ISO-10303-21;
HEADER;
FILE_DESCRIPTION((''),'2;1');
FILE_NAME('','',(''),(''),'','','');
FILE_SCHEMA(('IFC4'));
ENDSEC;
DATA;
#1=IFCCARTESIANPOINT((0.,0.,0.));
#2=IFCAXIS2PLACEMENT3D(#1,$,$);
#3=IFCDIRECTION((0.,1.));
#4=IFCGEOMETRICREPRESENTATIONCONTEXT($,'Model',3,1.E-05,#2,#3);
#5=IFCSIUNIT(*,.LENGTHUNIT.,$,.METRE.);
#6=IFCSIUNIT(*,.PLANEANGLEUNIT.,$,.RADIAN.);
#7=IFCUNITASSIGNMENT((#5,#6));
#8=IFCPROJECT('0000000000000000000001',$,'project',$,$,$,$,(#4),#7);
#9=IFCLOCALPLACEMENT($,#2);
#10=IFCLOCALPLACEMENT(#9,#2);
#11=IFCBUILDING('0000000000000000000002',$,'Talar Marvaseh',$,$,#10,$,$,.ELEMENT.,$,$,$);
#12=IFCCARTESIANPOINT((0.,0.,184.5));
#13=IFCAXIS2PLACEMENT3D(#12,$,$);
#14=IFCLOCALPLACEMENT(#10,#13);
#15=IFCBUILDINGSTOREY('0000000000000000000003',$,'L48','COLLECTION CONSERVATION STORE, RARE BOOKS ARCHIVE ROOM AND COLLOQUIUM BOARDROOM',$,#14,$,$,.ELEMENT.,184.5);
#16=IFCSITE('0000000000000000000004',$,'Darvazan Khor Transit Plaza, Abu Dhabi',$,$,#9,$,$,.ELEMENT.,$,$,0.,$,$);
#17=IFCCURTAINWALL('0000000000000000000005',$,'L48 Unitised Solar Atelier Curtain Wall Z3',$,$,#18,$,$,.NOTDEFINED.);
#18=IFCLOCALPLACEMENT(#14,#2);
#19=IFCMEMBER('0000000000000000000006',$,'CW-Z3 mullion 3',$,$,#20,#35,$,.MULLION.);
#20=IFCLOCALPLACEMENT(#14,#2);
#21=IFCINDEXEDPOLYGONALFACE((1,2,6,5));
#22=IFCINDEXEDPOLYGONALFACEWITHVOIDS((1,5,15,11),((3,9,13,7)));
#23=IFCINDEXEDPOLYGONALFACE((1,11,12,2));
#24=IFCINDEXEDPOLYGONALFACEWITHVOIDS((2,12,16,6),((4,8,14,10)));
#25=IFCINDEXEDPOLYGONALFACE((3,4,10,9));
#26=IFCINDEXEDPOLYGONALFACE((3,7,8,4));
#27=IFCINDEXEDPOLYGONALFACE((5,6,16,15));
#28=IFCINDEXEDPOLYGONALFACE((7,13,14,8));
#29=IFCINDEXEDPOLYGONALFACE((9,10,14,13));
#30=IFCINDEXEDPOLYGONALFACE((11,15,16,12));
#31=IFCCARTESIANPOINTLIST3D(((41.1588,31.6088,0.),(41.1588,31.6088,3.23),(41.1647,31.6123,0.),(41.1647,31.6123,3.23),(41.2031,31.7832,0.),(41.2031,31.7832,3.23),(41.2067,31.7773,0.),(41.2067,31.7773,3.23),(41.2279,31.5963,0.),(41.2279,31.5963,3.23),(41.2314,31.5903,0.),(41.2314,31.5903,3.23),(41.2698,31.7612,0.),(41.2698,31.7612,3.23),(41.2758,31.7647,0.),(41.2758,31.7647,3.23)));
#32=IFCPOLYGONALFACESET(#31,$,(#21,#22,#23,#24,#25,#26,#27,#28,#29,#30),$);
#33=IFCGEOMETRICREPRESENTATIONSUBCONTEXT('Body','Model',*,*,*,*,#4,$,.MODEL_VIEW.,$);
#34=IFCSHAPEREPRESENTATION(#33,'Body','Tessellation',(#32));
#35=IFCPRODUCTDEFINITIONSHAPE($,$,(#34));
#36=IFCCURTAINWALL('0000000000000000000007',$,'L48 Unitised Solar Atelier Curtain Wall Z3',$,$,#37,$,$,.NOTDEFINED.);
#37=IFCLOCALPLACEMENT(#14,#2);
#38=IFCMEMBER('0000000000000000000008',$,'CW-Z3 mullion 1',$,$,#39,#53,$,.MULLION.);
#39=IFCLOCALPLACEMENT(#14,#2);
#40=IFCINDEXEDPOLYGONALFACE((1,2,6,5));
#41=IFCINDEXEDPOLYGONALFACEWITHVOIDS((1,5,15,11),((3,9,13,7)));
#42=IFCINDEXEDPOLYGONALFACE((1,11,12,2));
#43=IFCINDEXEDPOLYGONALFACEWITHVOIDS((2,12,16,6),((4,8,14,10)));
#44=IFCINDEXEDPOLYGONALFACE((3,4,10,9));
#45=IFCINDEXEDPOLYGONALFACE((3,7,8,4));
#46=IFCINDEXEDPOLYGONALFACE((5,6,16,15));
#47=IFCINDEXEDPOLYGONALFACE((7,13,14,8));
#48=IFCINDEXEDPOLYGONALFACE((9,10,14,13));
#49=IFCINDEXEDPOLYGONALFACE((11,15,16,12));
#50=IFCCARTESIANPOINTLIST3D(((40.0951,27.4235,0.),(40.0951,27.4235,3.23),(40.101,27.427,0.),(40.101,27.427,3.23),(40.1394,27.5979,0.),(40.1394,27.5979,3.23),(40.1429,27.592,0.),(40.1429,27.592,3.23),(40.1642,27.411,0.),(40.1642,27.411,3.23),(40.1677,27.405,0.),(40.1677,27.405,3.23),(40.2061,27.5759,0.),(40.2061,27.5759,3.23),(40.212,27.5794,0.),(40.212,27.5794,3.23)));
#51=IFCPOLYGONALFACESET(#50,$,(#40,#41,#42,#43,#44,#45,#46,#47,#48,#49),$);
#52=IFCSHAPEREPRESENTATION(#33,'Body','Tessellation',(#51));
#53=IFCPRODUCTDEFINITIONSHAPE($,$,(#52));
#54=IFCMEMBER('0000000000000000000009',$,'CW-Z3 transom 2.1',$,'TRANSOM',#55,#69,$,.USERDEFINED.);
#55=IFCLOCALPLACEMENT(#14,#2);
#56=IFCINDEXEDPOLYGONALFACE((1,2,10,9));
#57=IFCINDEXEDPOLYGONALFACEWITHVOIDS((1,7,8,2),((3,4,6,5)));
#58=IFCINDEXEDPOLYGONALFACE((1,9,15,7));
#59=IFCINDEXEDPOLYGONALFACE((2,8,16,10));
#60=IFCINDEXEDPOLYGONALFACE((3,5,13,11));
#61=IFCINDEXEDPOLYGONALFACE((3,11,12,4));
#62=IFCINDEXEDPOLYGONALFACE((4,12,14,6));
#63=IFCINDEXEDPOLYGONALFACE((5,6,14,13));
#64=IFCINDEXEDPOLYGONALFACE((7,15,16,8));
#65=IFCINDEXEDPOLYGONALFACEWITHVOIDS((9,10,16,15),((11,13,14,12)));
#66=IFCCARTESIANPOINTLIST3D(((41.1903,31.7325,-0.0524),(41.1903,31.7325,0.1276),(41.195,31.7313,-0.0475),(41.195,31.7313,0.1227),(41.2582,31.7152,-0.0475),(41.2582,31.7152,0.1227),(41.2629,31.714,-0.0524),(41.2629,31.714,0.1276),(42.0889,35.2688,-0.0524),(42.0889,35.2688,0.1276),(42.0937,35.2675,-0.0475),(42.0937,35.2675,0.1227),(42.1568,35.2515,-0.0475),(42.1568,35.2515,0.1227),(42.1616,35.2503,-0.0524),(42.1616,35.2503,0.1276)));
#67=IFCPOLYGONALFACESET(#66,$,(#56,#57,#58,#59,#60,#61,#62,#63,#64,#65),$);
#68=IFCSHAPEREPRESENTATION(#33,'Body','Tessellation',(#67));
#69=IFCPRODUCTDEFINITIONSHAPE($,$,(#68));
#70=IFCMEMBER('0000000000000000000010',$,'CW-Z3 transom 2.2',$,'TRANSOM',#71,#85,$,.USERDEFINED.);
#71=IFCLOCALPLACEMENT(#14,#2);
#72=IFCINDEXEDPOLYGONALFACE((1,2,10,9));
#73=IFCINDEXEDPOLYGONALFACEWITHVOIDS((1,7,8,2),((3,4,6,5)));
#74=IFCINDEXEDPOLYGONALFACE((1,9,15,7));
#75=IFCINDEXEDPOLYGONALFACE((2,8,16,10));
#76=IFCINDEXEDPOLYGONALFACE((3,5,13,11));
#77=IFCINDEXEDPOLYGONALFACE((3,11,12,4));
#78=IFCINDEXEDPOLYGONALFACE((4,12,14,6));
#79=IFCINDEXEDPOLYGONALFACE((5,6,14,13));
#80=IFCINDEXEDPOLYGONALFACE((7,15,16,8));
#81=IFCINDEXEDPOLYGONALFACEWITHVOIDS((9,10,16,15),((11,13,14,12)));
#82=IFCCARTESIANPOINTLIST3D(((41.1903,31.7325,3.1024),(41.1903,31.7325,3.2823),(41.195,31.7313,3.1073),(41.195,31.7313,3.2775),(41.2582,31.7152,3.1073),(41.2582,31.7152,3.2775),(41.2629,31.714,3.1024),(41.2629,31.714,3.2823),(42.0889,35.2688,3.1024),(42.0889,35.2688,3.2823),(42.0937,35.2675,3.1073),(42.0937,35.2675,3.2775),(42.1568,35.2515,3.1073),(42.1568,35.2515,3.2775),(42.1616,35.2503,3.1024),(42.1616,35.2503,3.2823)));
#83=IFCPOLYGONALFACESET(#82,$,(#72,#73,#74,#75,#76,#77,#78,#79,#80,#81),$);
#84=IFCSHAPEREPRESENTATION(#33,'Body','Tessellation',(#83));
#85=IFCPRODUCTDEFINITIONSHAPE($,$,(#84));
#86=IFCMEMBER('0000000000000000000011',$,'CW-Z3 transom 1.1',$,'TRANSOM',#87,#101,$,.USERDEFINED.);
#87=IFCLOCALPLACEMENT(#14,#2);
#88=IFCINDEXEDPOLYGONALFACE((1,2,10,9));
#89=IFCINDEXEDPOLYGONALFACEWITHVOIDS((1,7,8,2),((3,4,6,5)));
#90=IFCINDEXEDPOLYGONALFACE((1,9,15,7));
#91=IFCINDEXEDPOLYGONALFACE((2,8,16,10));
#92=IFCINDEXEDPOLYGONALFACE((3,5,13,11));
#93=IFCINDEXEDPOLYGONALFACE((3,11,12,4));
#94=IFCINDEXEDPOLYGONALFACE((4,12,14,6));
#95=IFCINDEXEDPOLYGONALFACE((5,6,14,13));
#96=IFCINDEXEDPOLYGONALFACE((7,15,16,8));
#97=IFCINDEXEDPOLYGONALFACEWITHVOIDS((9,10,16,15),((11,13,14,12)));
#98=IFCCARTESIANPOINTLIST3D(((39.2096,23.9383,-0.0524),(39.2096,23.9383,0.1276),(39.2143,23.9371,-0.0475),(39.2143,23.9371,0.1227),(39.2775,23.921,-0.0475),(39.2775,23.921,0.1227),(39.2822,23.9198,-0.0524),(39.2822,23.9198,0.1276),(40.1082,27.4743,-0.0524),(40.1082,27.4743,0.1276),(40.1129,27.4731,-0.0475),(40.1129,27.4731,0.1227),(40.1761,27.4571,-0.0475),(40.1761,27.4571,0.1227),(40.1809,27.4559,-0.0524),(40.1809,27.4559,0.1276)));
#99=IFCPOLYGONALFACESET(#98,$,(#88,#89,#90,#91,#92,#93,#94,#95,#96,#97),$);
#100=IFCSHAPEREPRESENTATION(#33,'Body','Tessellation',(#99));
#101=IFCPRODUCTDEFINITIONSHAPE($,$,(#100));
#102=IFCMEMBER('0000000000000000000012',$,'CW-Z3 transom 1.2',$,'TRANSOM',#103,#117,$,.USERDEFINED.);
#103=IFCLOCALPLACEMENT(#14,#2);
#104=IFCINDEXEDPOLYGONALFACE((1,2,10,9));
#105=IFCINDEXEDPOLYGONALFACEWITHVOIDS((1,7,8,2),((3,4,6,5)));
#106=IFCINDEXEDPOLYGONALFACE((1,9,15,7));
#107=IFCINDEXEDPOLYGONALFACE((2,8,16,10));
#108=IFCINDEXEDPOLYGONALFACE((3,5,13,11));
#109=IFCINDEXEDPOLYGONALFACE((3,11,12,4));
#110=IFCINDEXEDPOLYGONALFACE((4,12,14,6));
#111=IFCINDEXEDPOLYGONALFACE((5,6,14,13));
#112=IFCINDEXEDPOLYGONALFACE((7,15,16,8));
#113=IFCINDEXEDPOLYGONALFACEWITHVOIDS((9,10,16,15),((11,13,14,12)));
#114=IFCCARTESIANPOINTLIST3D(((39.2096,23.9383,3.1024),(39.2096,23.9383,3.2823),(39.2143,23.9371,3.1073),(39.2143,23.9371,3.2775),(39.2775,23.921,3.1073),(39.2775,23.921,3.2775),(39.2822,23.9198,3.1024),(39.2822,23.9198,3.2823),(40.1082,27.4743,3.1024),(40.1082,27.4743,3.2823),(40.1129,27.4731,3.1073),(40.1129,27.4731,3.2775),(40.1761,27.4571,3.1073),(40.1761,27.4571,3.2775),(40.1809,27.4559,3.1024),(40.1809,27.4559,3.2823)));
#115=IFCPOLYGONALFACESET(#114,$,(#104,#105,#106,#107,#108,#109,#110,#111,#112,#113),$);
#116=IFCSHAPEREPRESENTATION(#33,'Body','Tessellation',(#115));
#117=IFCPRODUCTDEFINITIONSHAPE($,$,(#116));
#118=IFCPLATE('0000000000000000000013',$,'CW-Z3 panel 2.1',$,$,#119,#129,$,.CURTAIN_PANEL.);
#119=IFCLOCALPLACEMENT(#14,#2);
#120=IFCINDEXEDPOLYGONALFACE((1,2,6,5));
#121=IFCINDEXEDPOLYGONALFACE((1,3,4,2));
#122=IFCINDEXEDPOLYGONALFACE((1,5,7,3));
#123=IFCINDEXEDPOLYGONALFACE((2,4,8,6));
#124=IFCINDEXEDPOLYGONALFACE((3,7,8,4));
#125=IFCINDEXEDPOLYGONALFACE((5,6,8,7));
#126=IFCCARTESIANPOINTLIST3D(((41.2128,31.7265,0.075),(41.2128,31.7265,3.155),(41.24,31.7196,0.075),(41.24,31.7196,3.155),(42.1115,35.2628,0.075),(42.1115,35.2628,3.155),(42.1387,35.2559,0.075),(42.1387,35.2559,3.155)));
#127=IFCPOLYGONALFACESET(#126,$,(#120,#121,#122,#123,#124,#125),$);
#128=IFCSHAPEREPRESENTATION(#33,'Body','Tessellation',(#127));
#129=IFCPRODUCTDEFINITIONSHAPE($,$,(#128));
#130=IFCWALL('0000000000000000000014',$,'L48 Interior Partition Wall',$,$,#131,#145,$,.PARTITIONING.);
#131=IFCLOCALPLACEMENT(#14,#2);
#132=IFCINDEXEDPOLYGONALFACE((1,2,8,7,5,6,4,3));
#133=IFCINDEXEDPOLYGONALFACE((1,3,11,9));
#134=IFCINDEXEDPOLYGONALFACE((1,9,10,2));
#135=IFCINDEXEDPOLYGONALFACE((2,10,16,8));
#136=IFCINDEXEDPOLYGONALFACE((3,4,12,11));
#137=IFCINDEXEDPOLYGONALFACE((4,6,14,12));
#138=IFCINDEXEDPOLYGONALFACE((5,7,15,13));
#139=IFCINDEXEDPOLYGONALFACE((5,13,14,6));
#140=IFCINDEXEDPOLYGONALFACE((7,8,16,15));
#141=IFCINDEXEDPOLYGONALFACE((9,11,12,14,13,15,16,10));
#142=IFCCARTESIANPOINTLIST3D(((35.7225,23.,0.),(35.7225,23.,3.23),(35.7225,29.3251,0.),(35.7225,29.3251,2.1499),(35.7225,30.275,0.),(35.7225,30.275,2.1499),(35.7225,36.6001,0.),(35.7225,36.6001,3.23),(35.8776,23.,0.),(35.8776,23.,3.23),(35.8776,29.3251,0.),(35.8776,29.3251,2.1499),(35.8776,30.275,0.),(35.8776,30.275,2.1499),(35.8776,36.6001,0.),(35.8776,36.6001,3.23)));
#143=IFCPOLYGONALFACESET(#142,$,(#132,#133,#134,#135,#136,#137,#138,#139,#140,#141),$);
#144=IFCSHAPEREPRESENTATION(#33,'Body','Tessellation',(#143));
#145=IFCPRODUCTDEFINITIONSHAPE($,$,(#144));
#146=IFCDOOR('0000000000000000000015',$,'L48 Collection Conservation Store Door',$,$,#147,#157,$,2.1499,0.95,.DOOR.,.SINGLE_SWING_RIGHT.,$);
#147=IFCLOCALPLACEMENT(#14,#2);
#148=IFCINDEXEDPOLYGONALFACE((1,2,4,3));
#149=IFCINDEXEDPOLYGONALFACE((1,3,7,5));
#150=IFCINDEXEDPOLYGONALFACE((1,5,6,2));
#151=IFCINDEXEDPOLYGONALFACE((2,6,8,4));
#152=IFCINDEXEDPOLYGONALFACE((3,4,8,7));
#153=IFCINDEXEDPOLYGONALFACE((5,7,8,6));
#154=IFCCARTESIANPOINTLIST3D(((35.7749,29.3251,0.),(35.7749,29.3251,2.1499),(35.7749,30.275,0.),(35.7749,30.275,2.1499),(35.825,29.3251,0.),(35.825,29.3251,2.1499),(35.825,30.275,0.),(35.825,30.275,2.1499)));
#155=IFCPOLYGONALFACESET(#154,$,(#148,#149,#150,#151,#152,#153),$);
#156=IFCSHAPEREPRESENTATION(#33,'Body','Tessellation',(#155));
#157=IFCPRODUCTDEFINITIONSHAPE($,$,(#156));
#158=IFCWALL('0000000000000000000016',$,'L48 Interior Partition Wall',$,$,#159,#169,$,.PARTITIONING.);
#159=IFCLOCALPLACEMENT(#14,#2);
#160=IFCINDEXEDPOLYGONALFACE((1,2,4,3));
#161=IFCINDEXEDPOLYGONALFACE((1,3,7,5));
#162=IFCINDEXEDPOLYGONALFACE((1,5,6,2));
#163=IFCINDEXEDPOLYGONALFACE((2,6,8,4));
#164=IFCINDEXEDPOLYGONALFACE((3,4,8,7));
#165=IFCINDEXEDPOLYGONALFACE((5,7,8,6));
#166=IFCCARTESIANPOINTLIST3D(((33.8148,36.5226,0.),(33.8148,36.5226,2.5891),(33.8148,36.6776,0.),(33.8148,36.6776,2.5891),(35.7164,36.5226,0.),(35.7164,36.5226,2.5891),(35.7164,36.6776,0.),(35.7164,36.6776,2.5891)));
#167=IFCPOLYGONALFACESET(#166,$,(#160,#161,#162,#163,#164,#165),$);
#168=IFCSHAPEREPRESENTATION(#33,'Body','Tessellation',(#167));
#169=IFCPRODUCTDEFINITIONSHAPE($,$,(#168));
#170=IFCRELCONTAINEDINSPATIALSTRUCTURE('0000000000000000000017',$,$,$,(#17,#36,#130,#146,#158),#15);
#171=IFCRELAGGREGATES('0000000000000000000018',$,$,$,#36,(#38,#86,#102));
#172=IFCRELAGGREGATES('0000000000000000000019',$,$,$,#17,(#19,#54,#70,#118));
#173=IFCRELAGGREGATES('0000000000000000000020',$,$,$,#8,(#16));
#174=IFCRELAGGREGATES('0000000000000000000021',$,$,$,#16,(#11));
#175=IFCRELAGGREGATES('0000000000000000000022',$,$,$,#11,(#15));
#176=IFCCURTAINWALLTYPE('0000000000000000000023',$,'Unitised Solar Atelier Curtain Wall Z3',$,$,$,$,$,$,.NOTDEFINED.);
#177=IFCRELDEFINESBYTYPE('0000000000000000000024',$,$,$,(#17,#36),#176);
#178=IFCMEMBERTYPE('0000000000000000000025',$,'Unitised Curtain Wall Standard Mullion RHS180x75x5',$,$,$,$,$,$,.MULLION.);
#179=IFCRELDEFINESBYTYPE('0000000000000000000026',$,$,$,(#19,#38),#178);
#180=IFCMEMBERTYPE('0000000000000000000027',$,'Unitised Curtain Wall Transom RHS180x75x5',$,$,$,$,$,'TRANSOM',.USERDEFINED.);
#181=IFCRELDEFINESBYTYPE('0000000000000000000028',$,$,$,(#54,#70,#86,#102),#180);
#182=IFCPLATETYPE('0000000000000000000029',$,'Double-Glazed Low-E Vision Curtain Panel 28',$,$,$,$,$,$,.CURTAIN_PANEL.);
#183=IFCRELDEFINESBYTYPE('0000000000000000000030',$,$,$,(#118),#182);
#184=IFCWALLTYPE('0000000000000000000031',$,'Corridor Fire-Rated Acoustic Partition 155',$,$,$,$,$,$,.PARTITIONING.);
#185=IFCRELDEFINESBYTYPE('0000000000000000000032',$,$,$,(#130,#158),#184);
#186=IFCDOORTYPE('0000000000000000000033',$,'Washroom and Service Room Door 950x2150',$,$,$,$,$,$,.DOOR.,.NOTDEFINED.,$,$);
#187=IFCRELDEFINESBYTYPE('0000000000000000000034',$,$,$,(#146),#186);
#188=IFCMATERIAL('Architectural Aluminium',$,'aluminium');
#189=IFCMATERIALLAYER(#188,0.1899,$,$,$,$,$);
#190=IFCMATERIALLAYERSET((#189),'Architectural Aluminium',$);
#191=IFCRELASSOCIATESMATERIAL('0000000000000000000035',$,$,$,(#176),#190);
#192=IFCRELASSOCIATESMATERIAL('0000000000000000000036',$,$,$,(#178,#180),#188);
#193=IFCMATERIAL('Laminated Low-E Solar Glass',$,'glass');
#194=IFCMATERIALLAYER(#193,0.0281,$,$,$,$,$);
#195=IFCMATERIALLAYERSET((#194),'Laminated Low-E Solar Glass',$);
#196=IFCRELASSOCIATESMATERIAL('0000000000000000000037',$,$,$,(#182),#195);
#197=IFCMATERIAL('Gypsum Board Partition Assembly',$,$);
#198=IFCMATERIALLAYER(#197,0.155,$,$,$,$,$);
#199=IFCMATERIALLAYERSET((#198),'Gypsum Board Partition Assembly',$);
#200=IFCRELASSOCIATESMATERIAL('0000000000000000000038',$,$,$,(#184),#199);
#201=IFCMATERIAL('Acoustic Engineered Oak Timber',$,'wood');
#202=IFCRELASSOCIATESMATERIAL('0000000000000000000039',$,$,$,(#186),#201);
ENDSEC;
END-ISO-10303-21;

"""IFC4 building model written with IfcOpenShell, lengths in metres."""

from ifc_helpers import new_model, si_unit, direction, frame, frame_2d, origin, origin_2d, place, context, subcontext, project, spatial, rectangle, hollow_rectangle, extrude, source, transform, mapped, material, layer, layer_set, material_profile, profile_set, type_object, type_shapes, element, fill, aggregate, save


model = new_model("IFC4")

# Units and contexts
model_context = context("Model", 3, precision=1e-05, world=origin(), true_north=direction((0.0, 1.0)))
body_context = subcontext(model_context, "Body", "Model", "MODEL_VIEW")
ifc_project = project(units=[si_unit("LENGTHUNIT", "METRE"), si_unit("PLANEANGLEUNIT", "RADIAN")], contexts=[model_context])

# Site, building, storey
site_placement = place(None, origin())
site = spatial("IfcSite", under=ifc_project, at=site_placement, Name="Darvazan Khor Transit Plaza, Abu Dhabi", CompositionType="ELEMENT", RefElevation=0.0)
building_placement = place(site_placement, origin())
building = spatial("IfcBuilding", under=site, at=building_placement, Name="Talar Marvaseh", CompositionType="ELEMENT")
storey_placement = place(building_placement, frame((0.0, 0.0, 184.5)))
storey = spatial("IfcBuildingStorey", under=building, at=storey_placement, Name="L48", Description="COLLECTION CONSERVATION STORE, RARE BOOKS ARCHIVE ROOM AND COLLOQUIUM BOARDROOM", CompositionType="ELEMENT", Elevation=184.5)

# Curtain wall, member
ifc_material_1 = material(Name="Architectural Aluminium", Category="aluminium")
ifc_layer_1 = layer(ifc_material_1, 0.1899)
ifc_layer_set_1 = layer_set([ifc_layer_1], Name="Architectural Aluminium")
curtain_wall_type = type_object("IfcCurtainWallType", Name="Unitised Solar Atelier Curtain Wall Z3", PredefinedType="NOTDEFINED", material=ifc_layer_set_1)
curtain_wall_1_placement = place(storey_placement, origin())
curtain_wall_1 = element("IfcCurtainWall", 1, at=curtain_wall_1_placement, inside=storey, type_object=curtain_wall_type, Name="L48 Unitised Solar Atelier Curtain Wall Z3", PredefinedType="NOTDEFINED")
ifc_material_profile_1 = material_profile(ifc_material_1, hollow_rectangle(XDim=0.075, YDim=0.1799, WallThickness=0.0049, at=origin_2d()), Name="RHS180x75x5")
ifc_profile_set_1 = profile_set([ifc_material_profile_1], Name="Architectural Aluminium")
member_type_1 = type_object("IfcMemberType", Name="Unitised Curtain Wall Standard Mullion RHS180x75x5", PredefinedType="MULLION", material=ifc_profile_set_1)
shared_shape_1 = source(origin(), body_context, "Body", "SweptSolid", [
    extrude(hollow_rectangle(XDim=0.075, YDim=0.1799, WallThickness=0.0049, at=origin_2d()), origin(), (0.0, 0.0, 1.0), 3.23),
])
type_shapes(member_type_1, [shared_shape_1])
member_1_placement = place(storey_placement, frame((41.2173, 31.6868, 0.0), z_axis=(0.0, 0.0, 1.0), x_axis=(0.969192, -0.246306, 0.0)))
member_1 = element("IfcMember", 2, at=member_1_placement, type_object=member_type_1, Name="CW-Z3 mullion 3", PredefinedType="MULLION", context=body_context, shape_type="MappedRepresentation", body=[
    mapped(shared_shape_1, transform((0.0, 0.0, 0.0), x_axis=(1.0, 0.0, 0.0), y_axis=(0.0, 1.0, 0.0), z_axis=(0.0, 0.0, 1.0), scale=1.0)),
])

# Curtain wall, member
curtain_wall_2_placement = place(storey_placement, origin())
curtain_wall_2 = element("IfcCurtainWall", 3, at=curtain_wall_2_placement, inside=storey, type_object=curtain_wall_type, Name="L48 Unitised Solar Atelier Curtain Wall Z3", PredefinedType="NOTDEFINED")
member_2_placement = place(storey_placement, frame((40.1536, 27.5015, 0.0), z_axis=(0.0, 0.0, 1.0), x_axis=(0.969192, -0.246306, 0.0)))
member_2 = element("IfcMember", 4, at=member_2_placement, type_object=member_type_1, Name="CW-Z3 mullion 1", PredefinedType="MULLION", context=body_context, shape_type="MappedRepresentation", body=[
    mapped(shared_shape_1, transform((0.0, 0.0, 0.0), x_axis=(1.0, 0.0, 0.0), y_axis=(0.0, 1.0, 0.0), z_axis=(0.0, 0.0, 1.0), scale=1.0)),
])

# Members
ifc_material_profile_2 = material_profile(ifc_material_1, hollow_rectangle(XDim=0.075, YDim=0.1799, WallThickness=0.0049, at=origin_2d()), Name="RHS180x75x5")
ifc_profile_set_2 = profile_set([ifc_material_profile_2], Name="Architectural Aluminium")
member_type_2 = type_object("IfcMemberType", Name="Unitised Curtain Wall Transom RHS180x75x5", ElementType="TRANSOM", PredefinedType="USERDEFINED", material=ifc_profile_set_2)
shared_shape_2 = source(origin(), body_context, "Body", "SweptSolid", [
    extrude(hollow_rectangle(XDim=0.075, YDim=0.1799, WallThickness=0.0049, at=origin_2d()), origin(), (0.0, 0.0, 1.0), 3.6487),
])
member_3_placement = place(storey_placement, frame((42.1252, 35.2595, 0.0376), z_axis=(-0.246297, -0.969195, 0.0), x_axis=(0.969195, -0.246297, 0.0)))
member_3 = element("IfcMember", 5, at=member_3_placement, type_object=member_type_2, Name="CW-Z3 transom 2.1", ObjectType="TRANSOM", PredefinedType="USERDEFINED", context=body_context, shape_type="MappedRepresentation", body=[
    mapped(shared_shape_2, transform((0.0, 0.0, 0.0), x_axis=(1.0, 0.0, 0.0), y_axis=(0.0, 1.0, 0.0), z_axis=(0.0, 0.0, 1.0), scale=1.0)),
])
member_4_placement = place(storey_placement, frame((42.1252, 35.2595, 3.1924), z_axis=(-0.246297, -0.969195, 0.0), x_axis=(0.969195, -0.246297, 0.0)))
member_4 = element("IfcMember", 6, at=member_4_placement, type_object=member_type_2, Name="CW-Z3 transom 2.2", ObjectType="TRANSOM", PredefinedType="USERDEFINED", context=body_context, shape_type="MappedRepresentation", body=[
    mapped(shared_shape_2, transform((0.0, 0.0, 0.0), x_axis=(1.0, 0.0, 0.0), y_axis=(0.0, 1.0, 0.0), z_axis=(0.0, 0.0, 1.0), scale=1.0)),
])
shared_shape_3 = source(origin(), body_context, "Body", "SweptSolid", [
    extrude(hollow_rectangle(XDim=0.075, YDim=0.1799, WallThickness=0.0049, at=origin_2d()), origin(), (0.0, 0.0, 1.0), 3.6484),
])
type_shapes(member_type_2, [shared_shape_2, shared_shape_3])
member_5_placement = place(storey_placement, frame((40.1445, 27.4651, 0.0376), z_axis=(-0.246312, -0.96919, 0.0), x_axis=(0.96919, -0.246312, 0.0)))
member_5 = element("IfcMember", 7, at=member_5_placement, type_object=member_type_2, Name="CW-Z3 transom 1.1", ObjectType="TRANSOM", PredefinedType="USERDEFINED", context=body_context, shape_type="MappedRepresentation", body=[
    mapped(shared_shape_3, transform((0.0, 0.0, 0.0), x_axis=(1.0, 0.0, 0.0), y_axis=(0.0, 1.0, 0.0), z_axis=(0.0, 0.0, 1.0), scale=1.0)),
])
member_6_placement = place(storey_placement, frame((40.1445, 27.4651, 3.1924), z_axis=(-0.246312, -0.96919, 0.0), x_axis=(0.96919, -0.246312, 0.0)))
member_6 = element("IfcMember", 8, at=member_6_placement, type_object=member_type_2, Name="CW-Z3 transom 1.2", ObjectType="TRANSOM", PredefinedType="USERDEFINED", context=body_context, shape_type="MappedRepresentation", body=[
    mapped(shared_shape_3, transform((0.0, 0.0, 0.0), x_axis=(1.0, 0.0, 0.0), y_axis=(0.0, 1.0, 0.0), z_axis=(0.0, 0.0, 1.0), scale=1.0)),
])
aggregate(curtain_wall_2, [member_2, member_5, member_6])

# Plate
ifc_material_2 = material(Name="Laminated Low-E Solar Glass", Category="glass")
ifc_layer_2 = layer(ifc_material_2, 0.0281)
ifc_layer_set_2 = layer_set([ifc_layer_2], Name="Laminated Low-E Solar Glass")
plate_type = type_object("IfcPlateType", Name="Double-Glazed Low-E Vision Curtain Panel 28", PredefinedType="CURTAIN_PANEL", material=ifc_layer_set_2)
shared_shape_4 = source(origin(), body_context, "Body", "SweptSolid", [
    extrude(rectangle(XDim=3.6487, YDim=0.0281, at=origin_2d()), origin(), (0.0, 0.0, 1.0), 3.0801),
])
type_shapes(plate_type, [shared_shape_4])
plate_placement = place(storey_placement, frame((41.6758, 33.4912, 0.075), z_axis=(0.0, 0.0, 1.0), x_axis=(-0.246306, -0.969192, 0.0)))
plate = element("IfcPlate", 9, at=plate_placement, type_object=plate_type, Name="CW-Z3 panel 2.1", PredefinedType="CURTAIN_PANEL", context=body_context, shape_type="MappedRepresentation", body=[
    mapped(shared_shape_4, transform((0.0, 0.0, 0.0), x_axis=(1.0, 0.0, 0.0), y_axis=(0.0, 1.0, 0.0), z_axis=(0.0, 0.0, 1.0), scale=1.0)),
])
aggregate(curtain_wall_1, [member_1, member_3, member_4, plate])

# Wall, opening, door
ifc_material_3 = material(Name="Gypsum Board Partition Assembly")
ifc_layer_3 = layer(ifc_material_3, 0.155)
ifc_layer_set_3 = layer_set([ifc_layer_3], Name="Gypsum Board Partition Assembly")
wall_type_1 = type_object("IfcWallType", Name="Corridor Fire-Rated Acoustic Partition 155", PredefinedType="PARTITIONING", material=ifc_layer_set_3)
wall_1_placement = place(storey_placement, frame((35.8, 36.6001, 0.0), z_axis=(0.0, 0.0, 1.0), x_axis=(0.0, -1.0, 0.0)))
wall_1 = element("IfcWall", 10, at=wall_1_placement, inside=storey, type_object=wall_type_1, Name="L48 Interior Partition Wall", PredefinedType="PARTITIONING", context=body_context, shape_type="SweptSolid", body=[
    extrude(rectangle(XDim=13.6001, YDim=0.155, at=frame_2d((6.8, 0.0))), origin(), (0.0, 0.0, 1.0), 3.23),
])
opening_1_placement = place(wall_1_placement, frame((6.325, 0.0, 0.0)))
opening_1 = element("IfcOpeningElement", 11, at=opening_1_placement, cuts=wall_1, PredefinedType="OPENING", context=body_context, shape_type="SweptSolid", body=[
    extrude(rectangle(XDim=0.95, YDim=2.1499, at=frame_2d((0.4751, 1.075))), frame((0.0, 0.0874, 0.0), z_axis=(0.0, -1.0, 0.0), x_axis=(1.0, 0.0, 0.0)), (0.0, 0.0, 1.0), 0.175),
])
ifc_material_4 = material(Name="Acoustic Engineered Oak Timber", Category="wood")
door_type_1 = type_object("IfcDoorType", Name="Washroom and Service Room Door 950x2150", OperationType="NOTDEFINED", PredefinedType="DOOR", material=ifc_material_4)
shared_shape_5 = source(origin(), body_context, "Body", "SweptSolid", [
    extrude(rectangle(XDim=0.95, YDim=2.1499, at=frame_2d((0.4751, 1.075))), frame((0.0, 0.0249, 0.0), z_axis=(0.0, -1.0, 0.0), x_axis=(1.0, 0.0, 0.0)), (0.0, 0.0, 1.0), 0.05),
])
type_shapes(door_type_1, [shared_shape_5])
door_1_placement = place(opening_1_placement, origin())
door_1 = element("IfcDoor", 12, at=door_1_placement, inside=storey, type_object=door_type_1, Name="L48 Collection Conservation Store Door", OperationType="SINGLE_SWING_RIGHT", OverallHeight=2.1499, OverallWidth=0.95, PredefinedType="DOOR", context=body_context, shape_type="MappedRepresentation", body=[
    mapped(shared_shape_5, transform((0.0, 0.0, 0.0), x_axis=(1.0, 0.0, 0.0), y_axis=(0.0, 1.0, 0.0), z_axis=(0.0, 0.0, 1.0), scale=1.0)),
])
fill(opening_1, door_1)

# Wall
wall_2_placement = place(storey_placement, frame((33.8149, 36.6001, 0.0), z_axis=(0.0, 0.0, 1.0), x_axis=(1.0, 0.0, 0.0)))
element("IfcWall", 13, at=wall_2_placement, inside=storey, type_object=wall_type_1, Name="L48 Interior Partition Wall", PredefinedType="PARTITIONING", context=body_context, shape_type="SweptSolid", body=[
    extrude(rectangle(XDim=1.9016, YDim=0.155, at=frame_2d((0.9507, 0.0))), origin(), (0.0, 0.0, 1.0), 2.5891),
])

save(model, "model.ifc")
